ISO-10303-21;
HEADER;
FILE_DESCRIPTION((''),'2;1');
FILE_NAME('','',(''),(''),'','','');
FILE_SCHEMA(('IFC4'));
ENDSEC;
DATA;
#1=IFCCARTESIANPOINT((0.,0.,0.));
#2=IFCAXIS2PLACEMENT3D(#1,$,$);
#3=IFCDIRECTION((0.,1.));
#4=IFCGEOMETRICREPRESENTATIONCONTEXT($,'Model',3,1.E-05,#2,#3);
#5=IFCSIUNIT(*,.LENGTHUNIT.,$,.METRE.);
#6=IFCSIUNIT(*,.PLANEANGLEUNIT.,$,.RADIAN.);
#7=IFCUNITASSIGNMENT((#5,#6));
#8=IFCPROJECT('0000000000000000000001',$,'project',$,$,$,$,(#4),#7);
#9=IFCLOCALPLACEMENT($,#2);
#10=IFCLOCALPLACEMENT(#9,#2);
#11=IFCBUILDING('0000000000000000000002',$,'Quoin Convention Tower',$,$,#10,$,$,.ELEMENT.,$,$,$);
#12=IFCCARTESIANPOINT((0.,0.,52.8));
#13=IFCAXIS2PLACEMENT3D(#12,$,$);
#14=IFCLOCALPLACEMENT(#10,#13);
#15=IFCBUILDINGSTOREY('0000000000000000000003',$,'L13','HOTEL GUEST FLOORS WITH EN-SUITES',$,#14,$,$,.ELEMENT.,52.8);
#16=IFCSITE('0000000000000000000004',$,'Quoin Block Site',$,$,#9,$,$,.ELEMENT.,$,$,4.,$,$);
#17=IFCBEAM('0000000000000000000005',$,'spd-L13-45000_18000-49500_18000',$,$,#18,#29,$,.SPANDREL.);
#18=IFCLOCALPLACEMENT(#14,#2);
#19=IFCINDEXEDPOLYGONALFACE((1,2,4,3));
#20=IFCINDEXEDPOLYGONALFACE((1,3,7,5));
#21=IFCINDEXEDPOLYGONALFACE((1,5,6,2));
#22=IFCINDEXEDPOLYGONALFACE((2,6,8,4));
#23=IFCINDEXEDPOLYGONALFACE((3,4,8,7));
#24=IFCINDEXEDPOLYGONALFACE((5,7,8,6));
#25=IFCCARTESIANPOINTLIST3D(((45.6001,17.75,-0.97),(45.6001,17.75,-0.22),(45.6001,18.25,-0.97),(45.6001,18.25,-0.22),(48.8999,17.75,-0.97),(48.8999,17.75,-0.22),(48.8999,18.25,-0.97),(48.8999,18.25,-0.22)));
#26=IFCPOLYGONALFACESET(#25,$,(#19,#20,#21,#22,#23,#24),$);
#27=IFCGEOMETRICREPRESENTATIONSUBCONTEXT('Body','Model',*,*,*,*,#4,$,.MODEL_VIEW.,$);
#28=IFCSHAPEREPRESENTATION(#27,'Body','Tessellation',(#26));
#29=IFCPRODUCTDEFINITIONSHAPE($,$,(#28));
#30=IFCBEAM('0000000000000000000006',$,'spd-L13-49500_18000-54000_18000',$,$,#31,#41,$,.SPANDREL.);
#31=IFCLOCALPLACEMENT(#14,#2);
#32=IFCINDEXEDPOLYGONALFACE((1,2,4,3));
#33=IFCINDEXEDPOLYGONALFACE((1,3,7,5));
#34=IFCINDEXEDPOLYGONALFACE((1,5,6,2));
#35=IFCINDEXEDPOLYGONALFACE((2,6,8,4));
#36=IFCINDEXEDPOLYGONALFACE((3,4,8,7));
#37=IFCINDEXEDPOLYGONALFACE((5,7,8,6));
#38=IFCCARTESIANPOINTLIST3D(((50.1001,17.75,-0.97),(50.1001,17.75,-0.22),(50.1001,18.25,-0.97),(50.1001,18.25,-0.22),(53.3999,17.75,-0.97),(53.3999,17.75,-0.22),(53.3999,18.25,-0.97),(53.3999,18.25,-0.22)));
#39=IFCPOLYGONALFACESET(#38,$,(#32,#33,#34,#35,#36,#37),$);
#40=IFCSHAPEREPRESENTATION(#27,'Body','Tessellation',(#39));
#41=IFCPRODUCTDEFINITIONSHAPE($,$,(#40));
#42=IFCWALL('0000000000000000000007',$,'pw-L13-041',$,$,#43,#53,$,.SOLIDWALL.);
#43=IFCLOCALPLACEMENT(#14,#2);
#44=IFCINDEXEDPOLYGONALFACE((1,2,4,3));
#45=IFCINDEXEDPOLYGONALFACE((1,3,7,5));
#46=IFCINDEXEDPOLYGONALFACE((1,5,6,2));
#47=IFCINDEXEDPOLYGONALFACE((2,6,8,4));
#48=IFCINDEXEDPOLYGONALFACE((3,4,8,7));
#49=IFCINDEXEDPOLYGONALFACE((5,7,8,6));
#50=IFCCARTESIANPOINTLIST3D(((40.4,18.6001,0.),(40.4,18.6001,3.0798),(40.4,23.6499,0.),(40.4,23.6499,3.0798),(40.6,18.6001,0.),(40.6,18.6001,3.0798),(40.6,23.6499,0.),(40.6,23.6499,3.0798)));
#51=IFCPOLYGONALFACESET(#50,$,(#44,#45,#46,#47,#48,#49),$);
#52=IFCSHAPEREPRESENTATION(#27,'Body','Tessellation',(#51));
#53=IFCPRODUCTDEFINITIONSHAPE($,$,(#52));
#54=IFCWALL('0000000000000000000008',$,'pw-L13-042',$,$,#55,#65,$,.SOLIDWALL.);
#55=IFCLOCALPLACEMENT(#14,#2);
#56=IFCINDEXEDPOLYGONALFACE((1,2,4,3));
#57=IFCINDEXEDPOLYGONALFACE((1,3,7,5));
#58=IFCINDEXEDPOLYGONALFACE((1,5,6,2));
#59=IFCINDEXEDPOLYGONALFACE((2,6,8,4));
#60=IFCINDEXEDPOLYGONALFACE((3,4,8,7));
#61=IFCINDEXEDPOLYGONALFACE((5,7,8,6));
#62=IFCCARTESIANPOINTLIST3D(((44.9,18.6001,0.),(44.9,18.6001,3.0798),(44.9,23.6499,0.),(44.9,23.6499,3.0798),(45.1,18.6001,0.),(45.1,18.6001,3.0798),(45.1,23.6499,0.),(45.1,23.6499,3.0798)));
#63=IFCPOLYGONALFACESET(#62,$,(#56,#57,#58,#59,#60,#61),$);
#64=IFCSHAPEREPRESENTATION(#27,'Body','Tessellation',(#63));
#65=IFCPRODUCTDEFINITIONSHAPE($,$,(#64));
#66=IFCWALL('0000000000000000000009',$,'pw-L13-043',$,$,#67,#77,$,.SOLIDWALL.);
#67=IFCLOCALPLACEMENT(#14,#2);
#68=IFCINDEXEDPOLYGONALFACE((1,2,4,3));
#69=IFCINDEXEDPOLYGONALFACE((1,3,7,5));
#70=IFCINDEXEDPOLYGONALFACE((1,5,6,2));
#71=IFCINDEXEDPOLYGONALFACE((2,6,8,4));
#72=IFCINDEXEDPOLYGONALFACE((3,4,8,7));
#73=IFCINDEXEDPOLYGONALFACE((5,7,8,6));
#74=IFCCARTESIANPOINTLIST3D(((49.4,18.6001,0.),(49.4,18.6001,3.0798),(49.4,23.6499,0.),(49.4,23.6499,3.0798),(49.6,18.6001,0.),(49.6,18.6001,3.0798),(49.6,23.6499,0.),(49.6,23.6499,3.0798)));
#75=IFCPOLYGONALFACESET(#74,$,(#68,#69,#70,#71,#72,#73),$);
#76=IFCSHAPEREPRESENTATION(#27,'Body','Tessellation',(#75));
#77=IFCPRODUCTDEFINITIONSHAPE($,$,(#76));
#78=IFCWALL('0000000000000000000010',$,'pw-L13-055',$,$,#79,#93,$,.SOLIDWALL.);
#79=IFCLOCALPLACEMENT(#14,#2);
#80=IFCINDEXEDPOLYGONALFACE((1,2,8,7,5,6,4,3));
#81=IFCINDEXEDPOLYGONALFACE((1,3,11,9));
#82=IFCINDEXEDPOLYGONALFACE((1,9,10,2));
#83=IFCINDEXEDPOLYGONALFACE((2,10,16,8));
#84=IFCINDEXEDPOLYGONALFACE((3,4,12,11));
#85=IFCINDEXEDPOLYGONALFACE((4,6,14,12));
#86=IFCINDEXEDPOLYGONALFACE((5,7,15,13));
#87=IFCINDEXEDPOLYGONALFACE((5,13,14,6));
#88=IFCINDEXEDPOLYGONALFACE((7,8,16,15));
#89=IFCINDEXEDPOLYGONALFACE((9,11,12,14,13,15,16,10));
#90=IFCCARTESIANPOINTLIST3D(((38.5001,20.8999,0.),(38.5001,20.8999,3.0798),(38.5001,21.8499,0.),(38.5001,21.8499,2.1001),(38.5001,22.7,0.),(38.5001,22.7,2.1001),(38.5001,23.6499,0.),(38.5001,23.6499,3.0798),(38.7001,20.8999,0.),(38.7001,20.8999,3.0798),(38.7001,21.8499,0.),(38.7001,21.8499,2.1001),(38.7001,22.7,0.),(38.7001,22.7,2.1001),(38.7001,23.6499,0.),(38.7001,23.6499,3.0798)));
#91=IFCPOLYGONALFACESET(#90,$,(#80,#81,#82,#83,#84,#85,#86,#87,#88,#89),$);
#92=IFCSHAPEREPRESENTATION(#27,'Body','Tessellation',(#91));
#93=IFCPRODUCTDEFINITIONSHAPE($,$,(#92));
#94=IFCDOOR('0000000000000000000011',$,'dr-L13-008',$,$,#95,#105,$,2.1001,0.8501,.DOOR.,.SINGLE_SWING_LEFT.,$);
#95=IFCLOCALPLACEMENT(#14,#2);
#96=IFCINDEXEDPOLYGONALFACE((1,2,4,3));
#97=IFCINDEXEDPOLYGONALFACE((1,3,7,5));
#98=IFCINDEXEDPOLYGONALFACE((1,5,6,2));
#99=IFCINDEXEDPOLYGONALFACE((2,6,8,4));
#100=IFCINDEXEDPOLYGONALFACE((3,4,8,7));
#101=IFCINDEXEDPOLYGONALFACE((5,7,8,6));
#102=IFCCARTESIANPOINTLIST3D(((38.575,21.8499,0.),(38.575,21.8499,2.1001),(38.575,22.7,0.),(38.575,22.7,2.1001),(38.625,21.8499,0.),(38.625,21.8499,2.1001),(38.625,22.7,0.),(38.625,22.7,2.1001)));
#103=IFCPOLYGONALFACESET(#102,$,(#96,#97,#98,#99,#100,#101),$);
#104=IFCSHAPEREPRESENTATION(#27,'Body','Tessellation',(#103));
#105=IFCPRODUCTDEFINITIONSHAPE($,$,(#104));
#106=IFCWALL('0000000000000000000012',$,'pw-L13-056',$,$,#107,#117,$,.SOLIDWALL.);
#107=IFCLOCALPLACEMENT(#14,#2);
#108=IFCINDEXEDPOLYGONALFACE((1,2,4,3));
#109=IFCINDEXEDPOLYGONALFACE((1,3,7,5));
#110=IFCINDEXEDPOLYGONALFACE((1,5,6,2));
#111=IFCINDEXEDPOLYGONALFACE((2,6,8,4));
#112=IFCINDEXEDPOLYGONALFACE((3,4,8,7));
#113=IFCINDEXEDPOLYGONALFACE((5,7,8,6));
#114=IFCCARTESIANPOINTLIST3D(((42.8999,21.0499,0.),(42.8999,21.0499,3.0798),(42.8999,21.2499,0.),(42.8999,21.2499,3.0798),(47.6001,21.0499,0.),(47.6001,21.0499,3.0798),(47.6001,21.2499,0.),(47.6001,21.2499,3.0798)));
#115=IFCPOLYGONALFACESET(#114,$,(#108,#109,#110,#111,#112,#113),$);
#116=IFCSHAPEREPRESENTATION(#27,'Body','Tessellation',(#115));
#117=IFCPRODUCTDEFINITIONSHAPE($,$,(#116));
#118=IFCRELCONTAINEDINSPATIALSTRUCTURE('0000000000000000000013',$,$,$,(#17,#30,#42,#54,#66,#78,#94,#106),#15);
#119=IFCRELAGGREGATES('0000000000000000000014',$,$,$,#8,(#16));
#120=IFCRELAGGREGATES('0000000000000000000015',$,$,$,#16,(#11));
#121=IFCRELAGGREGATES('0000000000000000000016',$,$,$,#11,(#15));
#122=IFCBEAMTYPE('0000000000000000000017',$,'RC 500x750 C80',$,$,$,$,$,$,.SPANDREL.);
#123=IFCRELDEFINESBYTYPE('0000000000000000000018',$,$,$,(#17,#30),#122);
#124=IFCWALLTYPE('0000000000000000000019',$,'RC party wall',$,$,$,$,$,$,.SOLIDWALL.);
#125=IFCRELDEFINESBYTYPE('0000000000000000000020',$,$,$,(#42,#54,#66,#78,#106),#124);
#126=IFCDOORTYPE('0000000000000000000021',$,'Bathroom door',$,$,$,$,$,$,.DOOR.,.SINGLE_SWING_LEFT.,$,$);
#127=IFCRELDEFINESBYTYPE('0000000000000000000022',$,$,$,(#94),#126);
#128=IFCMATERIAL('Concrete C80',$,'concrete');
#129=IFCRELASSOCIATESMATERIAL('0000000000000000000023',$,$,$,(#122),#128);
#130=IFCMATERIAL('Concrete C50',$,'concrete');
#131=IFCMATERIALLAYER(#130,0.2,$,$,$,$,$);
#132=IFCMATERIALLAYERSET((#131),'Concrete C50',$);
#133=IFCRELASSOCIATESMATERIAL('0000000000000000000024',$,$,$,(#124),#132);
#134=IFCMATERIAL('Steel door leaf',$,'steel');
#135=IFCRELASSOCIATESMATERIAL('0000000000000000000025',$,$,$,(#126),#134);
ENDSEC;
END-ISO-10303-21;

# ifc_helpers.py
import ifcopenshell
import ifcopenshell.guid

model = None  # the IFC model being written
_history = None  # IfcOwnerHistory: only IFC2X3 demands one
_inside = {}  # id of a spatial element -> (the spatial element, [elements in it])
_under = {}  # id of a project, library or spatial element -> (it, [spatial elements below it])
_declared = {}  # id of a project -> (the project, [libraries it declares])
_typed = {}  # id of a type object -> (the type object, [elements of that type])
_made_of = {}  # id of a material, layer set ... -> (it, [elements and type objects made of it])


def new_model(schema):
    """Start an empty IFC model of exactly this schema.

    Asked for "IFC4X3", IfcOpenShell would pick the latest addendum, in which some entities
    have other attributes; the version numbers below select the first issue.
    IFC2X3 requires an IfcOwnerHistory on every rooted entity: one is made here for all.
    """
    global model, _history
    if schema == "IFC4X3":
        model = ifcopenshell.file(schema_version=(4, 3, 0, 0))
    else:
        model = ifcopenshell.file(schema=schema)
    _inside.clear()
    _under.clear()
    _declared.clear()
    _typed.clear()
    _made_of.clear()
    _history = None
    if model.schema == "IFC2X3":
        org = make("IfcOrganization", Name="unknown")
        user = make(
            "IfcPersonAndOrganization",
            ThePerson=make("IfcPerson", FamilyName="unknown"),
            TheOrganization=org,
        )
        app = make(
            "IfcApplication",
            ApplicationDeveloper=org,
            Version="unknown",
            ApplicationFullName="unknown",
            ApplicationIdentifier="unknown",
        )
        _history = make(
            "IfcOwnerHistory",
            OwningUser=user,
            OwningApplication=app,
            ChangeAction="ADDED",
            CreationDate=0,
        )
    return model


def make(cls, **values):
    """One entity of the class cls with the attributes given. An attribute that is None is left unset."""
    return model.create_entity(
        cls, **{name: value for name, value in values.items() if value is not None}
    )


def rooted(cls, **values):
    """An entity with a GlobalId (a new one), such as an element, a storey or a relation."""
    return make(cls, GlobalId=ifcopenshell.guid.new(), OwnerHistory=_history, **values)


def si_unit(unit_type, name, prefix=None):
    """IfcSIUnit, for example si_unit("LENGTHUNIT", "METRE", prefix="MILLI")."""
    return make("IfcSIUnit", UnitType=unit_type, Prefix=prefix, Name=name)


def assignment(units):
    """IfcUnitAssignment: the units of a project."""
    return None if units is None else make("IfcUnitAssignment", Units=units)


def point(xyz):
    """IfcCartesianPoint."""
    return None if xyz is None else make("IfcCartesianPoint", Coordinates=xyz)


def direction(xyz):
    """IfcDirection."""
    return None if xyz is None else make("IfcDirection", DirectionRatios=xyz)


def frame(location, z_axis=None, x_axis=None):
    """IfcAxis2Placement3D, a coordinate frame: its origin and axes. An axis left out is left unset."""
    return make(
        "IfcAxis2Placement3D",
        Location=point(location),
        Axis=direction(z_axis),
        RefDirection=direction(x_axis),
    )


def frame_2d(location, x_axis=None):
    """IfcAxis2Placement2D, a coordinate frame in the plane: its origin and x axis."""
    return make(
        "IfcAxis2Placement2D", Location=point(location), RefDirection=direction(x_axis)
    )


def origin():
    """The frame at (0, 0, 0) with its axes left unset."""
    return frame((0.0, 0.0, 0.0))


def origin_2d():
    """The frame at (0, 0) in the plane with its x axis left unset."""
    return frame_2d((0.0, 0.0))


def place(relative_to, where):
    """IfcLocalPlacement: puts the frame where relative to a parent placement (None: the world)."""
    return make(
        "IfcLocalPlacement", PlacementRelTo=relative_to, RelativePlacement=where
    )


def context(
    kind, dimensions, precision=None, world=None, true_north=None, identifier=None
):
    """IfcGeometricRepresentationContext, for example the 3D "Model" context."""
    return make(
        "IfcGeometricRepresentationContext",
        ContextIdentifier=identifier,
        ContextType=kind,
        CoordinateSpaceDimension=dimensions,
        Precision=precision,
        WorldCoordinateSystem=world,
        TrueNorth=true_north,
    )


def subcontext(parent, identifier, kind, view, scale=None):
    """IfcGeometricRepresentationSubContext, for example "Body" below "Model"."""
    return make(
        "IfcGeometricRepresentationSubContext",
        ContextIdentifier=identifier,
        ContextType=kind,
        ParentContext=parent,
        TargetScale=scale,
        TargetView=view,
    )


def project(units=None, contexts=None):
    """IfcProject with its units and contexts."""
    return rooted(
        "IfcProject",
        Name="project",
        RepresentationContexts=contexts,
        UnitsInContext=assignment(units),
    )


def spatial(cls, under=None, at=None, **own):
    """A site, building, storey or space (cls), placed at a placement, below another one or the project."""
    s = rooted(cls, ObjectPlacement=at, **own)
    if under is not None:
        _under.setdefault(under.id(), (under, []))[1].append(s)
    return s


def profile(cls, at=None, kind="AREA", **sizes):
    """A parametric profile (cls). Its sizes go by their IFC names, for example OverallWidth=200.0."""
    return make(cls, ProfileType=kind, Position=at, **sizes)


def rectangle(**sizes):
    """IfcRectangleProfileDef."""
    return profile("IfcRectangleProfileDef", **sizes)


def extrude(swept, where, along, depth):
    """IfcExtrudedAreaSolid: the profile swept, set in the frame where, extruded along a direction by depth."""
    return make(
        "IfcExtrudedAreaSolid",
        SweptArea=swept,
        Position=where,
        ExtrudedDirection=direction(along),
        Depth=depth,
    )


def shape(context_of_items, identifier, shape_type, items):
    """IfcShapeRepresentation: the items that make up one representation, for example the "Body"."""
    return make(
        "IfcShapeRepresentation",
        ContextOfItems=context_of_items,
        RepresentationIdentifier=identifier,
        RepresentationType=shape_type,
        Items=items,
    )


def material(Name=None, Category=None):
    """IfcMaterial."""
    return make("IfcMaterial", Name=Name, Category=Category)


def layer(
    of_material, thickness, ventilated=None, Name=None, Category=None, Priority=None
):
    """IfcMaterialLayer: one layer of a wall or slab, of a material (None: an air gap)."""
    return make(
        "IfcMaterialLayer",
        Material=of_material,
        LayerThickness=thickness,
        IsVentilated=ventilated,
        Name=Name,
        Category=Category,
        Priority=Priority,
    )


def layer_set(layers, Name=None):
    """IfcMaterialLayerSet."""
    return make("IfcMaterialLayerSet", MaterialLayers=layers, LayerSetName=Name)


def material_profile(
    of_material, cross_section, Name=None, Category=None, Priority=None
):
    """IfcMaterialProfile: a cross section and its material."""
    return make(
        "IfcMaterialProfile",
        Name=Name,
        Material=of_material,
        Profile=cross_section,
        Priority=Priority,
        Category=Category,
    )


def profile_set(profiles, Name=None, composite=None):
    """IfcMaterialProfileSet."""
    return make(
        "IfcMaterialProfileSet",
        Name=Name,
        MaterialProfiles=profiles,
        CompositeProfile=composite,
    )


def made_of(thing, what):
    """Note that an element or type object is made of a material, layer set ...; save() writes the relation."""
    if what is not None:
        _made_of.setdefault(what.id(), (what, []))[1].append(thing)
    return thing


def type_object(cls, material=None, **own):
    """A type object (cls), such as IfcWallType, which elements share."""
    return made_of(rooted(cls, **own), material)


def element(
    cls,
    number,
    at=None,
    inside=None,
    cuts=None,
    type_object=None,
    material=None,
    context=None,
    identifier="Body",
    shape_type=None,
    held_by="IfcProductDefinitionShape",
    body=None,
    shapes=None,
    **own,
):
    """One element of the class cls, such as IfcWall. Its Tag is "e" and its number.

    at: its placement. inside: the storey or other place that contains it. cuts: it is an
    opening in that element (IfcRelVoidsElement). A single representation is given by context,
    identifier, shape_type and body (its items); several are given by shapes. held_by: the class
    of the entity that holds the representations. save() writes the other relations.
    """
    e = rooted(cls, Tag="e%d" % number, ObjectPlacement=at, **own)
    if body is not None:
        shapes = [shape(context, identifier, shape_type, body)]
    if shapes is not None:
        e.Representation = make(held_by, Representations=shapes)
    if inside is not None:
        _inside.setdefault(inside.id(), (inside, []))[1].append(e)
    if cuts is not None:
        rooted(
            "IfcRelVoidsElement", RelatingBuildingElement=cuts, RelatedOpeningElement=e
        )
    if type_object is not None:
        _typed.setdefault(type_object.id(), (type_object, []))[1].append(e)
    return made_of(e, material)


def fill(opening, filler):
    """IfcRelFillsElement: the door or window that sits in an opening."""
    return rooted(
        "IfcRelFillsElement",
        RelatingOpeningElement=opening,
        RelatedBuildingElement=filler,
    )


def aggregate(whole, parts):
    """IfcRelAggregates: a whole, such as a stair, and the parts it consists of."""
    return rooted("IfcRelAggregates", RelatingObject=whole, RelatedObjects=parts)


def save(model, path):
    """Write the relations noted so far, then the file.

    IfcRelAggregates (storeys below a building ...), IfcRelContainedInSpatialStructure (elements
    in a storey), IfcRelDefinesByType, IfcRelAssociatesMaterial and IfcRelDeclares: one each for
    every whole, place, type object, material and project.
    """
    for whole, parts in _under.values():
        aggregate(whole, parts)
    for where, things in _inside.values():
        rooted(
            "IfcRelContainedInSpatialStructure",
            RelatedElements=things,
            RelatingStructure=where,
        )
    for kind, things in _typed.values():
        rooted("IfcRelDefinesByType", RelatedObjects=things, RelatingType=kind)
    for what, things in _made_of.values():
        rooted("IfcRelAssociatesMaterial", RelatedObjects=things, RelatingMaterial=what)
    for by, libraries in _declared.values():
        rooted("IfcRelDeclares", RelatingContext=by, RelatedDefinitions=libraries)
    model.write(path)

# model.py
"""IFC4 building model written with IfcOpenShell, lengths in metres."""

from ifc_helpers import new_model, si_unit, direction, frame, frame_2d, origin, origin_2d, place, context, subcontext, project, spatial, rectangle, extrude, material, layer, layer_set, material_profile, profile_set, type_object, element, fill, save


model = new_model("IFC4")

# Units and contexts
model_context = context("Model", 3, precision=1e-05, world=origin(), true_north=direction((0.0, 1.0)))
body_context = subcontext(model_context, "Body", "Model", "MODEL_VIEW")
ifc_project = project(units=[si_unit("LENGTHUNIT", "METRE"), si_unit("PLANEANGLEUNIT", "RADIAN")], contexts=[model_context])

# Site, building, storey
site_placement = place(None, origin())
site = spatial("IfcSite", under=ifc_project, at=site_placement, Name="Quoin Block Site", CompositionType="ELEMENT", RefElevation=4.0)
building_placement = place(site_placement, origin())
building = spatial("IfcBuilding", under=site, at=building_placement, Name="Quoin Convention Tower", CompositionType="ELEMENT")
storey_placement = place(building_placement, frame((0.0, 0.0, 52.8)))
storey = spatial("IfcBuildingStorey", under=building, at=storey_placement, Name="L13", Description="HOTEL GUEST FLOORS WITH EN-SUITES", CompositionType="ELEMENT", Elevation=52.8)

# Shared definitions
ifc_material_1 = material(Name="Concrete C80", Category="concrete")

# Beams
ifc_material_profile_1 = material_profile(ifc_material_1, rectangle(XDim=0.5, YDim=0.75, at=origin_2d()), Name="RC 500x750")
ifc_profile_set_1 = profile_set([ifc_material_profile_1], Name="Concrete C80")
beam_type = type_object("IfcBeamType", Name="RC 500x750 C80", PredefinedType="SPANDREL", material=ifc_profile_set_1)
for number, where, z_axis, x_axis, name in (
    (1, (45.6001, 18.0, -0.595), (1.0, 0.0, 0.0), (0.0, 1.0, 0.0), "spd-L13-45000_18000-49500_18000"),
    (2, (50.1001, 18.0, -0.595), (1.0, 0.0, 0.0), (0.0, 1.0, 0.0), "spd-L13-49500_18000-54000_18000"),
):
    element("IfcBeam", number, at=place(storey_placement, frame(where, z_axis=z_axis, x_axis=x_axis)), inside=storey, type_object=beam_type, Name=name, PredefinedType="SPANDREL", context=body_context, shape_type="SweptSolid", body=[
        extrude(rectangle(XDim=0.5, YDim=0.75, at=origin_2d()), origin(), (0.0, 0.0, 1.0), 3.2998),
    ])

# Walls
ifc_material_2 = material(Name="Concrete C50", Category="concrete")
ifc_layer = layer(ifc_material_2, 0.2)
ifc_layer_set = layer_set([ifc_layer], Name="Concrete C50")
wall_type = type_object("IfcWallType", Name="RC party wall", PredefinedType="SOLIDWALL", material=ifc_layer_set)
for number, where, z_axis, x_axis, name in (
    (3, (40.5, 18.6001, 0.0), (0.0, 0.0, 1.0), (0.0, 1.0, 0.0), "pw-L13-041"),
    (4, (45.0, 18.6001, 0.0), (0.0, 0.0, 1.0), (0.0, 1.0, 0.0), "pw-L13-042"),
    (5, (49.5, 18.6001, 0.0), (0.0, 0.0, 1.0), (0.0, 1.0, 0.0), "pw-L13-043"),
):
    element("IfcWall", number, at=place(storey_placement, frame(where, z_axis=z_axis, x_axis=x_axis)), inside=storey, type_object=wall_type, Name=name, PredefinedType="SOLIDWALL", context=body_context, shape_type="SweptSolid", body=[
        extrude(rectangle(XDim=5.0498, YDim=0.2, at=frame_2d((2.5249, 0.0))), origin(), (0.0, 0.0, 1.0), 3.0798),
    ])

# Wall, opening, door
wall_1_placement = place(storey_placement, frame((38.6001, 20.8999, 0.0), z_axis=(0.0, 0.0, 1.0), x_axis=(0.0, 1.0, 0.0)))
wall_1 = element("IfcWall", 6, at=wall_1_placement, inside=storey, type_object=wall_type, Name="pw-L13-055", PredefinedType="SOLIDWALL", context=body_context, shape_type="SweptSolid", body=[
    extrude(rectangle(XDim=2.75, YDim=0.2, at=frame_2d((1.375, 0.0))), origin(), (0.0, 0.0, 1.0), 3.0798),
])
opening_placement = place(wall_1_placement, frame((0.95, 0.0, 0.0)))
opening = element("IfcOpeningElement", 7, at=opening_placement, cuts=wall_1, PredefinedType="OPENING", context=body_context, shape_type="SweptSolid", body=[
    extrude(rectangle(XDim=0.8501, YDim=2.1001, at=frame_2d((0.425, 1.05))), frame((0.0, 0.1099, 0.0), z_axis=(0.0, -1.0, 0.0), x_axis=(1.0, 0.0, 0.0)), (0.0, 0.0, 1.0), 0.22),
])
ifc_material_3 = material(Name="Steel door leaf", Category="steel")
door_type = type_object("IfcDoorType", Name="Bathroom door", OperationType="SINGLE_SWING_LEFT", PredefinedType="DOOR", material=ifc_material_3)
door_placement = place(opening_placement, frame((0.8501, 0.0, 0.0), z_axis=(0.0, 0.0, 1.0), x_axis=(-1.0, 0.0, 0.0)))
door = element("IfcDoor", 8, at=door_placement, inside=storey, type_object=door_type, Name="dr-L13-008", OperationType="SINGLE_SWING_LEFT", OverallHeight=2.1001, OverallWidth=0.8501, PredefinedType="DOOR", context=body_context, shape_type="SweptSolid", body=[
    extrude(rectangle(XDim=0.8501, YDim=2.1001, at=frame_2d((0.425, 1.05))), frame((0.0, 0.0249, 0.0), z_axis=(0.0, -1.0, 0.0), x_axis=(1.0, 0.0, 0.0)), (0.0, 0.0, 1.0), 0.05),
])
fill(opening, door)

# Wall
wall_2_placement = place(storey_placement, frame((42.8999, 21.1499, 0.0), z_axis=(0.0, 0.0, 1.0), x_axis=(1.0, 0.0, 0.0)))
element("IfcWall", 9, at=wall_2_placement, inside=storey, type_object=wall_type, Name="pw-L13-056", PredefinedType="SOLIDWALL", context=body_context, shape_type="SweptSolid", body=[
    extrude(rectangle(XDim=4.7002, YDim=0.2, at=frame_2d((2.3501, 0.0))), origin(), (0.0, 0.0, 1.0), 3.0798),
])

save(model, "model.ifc")
